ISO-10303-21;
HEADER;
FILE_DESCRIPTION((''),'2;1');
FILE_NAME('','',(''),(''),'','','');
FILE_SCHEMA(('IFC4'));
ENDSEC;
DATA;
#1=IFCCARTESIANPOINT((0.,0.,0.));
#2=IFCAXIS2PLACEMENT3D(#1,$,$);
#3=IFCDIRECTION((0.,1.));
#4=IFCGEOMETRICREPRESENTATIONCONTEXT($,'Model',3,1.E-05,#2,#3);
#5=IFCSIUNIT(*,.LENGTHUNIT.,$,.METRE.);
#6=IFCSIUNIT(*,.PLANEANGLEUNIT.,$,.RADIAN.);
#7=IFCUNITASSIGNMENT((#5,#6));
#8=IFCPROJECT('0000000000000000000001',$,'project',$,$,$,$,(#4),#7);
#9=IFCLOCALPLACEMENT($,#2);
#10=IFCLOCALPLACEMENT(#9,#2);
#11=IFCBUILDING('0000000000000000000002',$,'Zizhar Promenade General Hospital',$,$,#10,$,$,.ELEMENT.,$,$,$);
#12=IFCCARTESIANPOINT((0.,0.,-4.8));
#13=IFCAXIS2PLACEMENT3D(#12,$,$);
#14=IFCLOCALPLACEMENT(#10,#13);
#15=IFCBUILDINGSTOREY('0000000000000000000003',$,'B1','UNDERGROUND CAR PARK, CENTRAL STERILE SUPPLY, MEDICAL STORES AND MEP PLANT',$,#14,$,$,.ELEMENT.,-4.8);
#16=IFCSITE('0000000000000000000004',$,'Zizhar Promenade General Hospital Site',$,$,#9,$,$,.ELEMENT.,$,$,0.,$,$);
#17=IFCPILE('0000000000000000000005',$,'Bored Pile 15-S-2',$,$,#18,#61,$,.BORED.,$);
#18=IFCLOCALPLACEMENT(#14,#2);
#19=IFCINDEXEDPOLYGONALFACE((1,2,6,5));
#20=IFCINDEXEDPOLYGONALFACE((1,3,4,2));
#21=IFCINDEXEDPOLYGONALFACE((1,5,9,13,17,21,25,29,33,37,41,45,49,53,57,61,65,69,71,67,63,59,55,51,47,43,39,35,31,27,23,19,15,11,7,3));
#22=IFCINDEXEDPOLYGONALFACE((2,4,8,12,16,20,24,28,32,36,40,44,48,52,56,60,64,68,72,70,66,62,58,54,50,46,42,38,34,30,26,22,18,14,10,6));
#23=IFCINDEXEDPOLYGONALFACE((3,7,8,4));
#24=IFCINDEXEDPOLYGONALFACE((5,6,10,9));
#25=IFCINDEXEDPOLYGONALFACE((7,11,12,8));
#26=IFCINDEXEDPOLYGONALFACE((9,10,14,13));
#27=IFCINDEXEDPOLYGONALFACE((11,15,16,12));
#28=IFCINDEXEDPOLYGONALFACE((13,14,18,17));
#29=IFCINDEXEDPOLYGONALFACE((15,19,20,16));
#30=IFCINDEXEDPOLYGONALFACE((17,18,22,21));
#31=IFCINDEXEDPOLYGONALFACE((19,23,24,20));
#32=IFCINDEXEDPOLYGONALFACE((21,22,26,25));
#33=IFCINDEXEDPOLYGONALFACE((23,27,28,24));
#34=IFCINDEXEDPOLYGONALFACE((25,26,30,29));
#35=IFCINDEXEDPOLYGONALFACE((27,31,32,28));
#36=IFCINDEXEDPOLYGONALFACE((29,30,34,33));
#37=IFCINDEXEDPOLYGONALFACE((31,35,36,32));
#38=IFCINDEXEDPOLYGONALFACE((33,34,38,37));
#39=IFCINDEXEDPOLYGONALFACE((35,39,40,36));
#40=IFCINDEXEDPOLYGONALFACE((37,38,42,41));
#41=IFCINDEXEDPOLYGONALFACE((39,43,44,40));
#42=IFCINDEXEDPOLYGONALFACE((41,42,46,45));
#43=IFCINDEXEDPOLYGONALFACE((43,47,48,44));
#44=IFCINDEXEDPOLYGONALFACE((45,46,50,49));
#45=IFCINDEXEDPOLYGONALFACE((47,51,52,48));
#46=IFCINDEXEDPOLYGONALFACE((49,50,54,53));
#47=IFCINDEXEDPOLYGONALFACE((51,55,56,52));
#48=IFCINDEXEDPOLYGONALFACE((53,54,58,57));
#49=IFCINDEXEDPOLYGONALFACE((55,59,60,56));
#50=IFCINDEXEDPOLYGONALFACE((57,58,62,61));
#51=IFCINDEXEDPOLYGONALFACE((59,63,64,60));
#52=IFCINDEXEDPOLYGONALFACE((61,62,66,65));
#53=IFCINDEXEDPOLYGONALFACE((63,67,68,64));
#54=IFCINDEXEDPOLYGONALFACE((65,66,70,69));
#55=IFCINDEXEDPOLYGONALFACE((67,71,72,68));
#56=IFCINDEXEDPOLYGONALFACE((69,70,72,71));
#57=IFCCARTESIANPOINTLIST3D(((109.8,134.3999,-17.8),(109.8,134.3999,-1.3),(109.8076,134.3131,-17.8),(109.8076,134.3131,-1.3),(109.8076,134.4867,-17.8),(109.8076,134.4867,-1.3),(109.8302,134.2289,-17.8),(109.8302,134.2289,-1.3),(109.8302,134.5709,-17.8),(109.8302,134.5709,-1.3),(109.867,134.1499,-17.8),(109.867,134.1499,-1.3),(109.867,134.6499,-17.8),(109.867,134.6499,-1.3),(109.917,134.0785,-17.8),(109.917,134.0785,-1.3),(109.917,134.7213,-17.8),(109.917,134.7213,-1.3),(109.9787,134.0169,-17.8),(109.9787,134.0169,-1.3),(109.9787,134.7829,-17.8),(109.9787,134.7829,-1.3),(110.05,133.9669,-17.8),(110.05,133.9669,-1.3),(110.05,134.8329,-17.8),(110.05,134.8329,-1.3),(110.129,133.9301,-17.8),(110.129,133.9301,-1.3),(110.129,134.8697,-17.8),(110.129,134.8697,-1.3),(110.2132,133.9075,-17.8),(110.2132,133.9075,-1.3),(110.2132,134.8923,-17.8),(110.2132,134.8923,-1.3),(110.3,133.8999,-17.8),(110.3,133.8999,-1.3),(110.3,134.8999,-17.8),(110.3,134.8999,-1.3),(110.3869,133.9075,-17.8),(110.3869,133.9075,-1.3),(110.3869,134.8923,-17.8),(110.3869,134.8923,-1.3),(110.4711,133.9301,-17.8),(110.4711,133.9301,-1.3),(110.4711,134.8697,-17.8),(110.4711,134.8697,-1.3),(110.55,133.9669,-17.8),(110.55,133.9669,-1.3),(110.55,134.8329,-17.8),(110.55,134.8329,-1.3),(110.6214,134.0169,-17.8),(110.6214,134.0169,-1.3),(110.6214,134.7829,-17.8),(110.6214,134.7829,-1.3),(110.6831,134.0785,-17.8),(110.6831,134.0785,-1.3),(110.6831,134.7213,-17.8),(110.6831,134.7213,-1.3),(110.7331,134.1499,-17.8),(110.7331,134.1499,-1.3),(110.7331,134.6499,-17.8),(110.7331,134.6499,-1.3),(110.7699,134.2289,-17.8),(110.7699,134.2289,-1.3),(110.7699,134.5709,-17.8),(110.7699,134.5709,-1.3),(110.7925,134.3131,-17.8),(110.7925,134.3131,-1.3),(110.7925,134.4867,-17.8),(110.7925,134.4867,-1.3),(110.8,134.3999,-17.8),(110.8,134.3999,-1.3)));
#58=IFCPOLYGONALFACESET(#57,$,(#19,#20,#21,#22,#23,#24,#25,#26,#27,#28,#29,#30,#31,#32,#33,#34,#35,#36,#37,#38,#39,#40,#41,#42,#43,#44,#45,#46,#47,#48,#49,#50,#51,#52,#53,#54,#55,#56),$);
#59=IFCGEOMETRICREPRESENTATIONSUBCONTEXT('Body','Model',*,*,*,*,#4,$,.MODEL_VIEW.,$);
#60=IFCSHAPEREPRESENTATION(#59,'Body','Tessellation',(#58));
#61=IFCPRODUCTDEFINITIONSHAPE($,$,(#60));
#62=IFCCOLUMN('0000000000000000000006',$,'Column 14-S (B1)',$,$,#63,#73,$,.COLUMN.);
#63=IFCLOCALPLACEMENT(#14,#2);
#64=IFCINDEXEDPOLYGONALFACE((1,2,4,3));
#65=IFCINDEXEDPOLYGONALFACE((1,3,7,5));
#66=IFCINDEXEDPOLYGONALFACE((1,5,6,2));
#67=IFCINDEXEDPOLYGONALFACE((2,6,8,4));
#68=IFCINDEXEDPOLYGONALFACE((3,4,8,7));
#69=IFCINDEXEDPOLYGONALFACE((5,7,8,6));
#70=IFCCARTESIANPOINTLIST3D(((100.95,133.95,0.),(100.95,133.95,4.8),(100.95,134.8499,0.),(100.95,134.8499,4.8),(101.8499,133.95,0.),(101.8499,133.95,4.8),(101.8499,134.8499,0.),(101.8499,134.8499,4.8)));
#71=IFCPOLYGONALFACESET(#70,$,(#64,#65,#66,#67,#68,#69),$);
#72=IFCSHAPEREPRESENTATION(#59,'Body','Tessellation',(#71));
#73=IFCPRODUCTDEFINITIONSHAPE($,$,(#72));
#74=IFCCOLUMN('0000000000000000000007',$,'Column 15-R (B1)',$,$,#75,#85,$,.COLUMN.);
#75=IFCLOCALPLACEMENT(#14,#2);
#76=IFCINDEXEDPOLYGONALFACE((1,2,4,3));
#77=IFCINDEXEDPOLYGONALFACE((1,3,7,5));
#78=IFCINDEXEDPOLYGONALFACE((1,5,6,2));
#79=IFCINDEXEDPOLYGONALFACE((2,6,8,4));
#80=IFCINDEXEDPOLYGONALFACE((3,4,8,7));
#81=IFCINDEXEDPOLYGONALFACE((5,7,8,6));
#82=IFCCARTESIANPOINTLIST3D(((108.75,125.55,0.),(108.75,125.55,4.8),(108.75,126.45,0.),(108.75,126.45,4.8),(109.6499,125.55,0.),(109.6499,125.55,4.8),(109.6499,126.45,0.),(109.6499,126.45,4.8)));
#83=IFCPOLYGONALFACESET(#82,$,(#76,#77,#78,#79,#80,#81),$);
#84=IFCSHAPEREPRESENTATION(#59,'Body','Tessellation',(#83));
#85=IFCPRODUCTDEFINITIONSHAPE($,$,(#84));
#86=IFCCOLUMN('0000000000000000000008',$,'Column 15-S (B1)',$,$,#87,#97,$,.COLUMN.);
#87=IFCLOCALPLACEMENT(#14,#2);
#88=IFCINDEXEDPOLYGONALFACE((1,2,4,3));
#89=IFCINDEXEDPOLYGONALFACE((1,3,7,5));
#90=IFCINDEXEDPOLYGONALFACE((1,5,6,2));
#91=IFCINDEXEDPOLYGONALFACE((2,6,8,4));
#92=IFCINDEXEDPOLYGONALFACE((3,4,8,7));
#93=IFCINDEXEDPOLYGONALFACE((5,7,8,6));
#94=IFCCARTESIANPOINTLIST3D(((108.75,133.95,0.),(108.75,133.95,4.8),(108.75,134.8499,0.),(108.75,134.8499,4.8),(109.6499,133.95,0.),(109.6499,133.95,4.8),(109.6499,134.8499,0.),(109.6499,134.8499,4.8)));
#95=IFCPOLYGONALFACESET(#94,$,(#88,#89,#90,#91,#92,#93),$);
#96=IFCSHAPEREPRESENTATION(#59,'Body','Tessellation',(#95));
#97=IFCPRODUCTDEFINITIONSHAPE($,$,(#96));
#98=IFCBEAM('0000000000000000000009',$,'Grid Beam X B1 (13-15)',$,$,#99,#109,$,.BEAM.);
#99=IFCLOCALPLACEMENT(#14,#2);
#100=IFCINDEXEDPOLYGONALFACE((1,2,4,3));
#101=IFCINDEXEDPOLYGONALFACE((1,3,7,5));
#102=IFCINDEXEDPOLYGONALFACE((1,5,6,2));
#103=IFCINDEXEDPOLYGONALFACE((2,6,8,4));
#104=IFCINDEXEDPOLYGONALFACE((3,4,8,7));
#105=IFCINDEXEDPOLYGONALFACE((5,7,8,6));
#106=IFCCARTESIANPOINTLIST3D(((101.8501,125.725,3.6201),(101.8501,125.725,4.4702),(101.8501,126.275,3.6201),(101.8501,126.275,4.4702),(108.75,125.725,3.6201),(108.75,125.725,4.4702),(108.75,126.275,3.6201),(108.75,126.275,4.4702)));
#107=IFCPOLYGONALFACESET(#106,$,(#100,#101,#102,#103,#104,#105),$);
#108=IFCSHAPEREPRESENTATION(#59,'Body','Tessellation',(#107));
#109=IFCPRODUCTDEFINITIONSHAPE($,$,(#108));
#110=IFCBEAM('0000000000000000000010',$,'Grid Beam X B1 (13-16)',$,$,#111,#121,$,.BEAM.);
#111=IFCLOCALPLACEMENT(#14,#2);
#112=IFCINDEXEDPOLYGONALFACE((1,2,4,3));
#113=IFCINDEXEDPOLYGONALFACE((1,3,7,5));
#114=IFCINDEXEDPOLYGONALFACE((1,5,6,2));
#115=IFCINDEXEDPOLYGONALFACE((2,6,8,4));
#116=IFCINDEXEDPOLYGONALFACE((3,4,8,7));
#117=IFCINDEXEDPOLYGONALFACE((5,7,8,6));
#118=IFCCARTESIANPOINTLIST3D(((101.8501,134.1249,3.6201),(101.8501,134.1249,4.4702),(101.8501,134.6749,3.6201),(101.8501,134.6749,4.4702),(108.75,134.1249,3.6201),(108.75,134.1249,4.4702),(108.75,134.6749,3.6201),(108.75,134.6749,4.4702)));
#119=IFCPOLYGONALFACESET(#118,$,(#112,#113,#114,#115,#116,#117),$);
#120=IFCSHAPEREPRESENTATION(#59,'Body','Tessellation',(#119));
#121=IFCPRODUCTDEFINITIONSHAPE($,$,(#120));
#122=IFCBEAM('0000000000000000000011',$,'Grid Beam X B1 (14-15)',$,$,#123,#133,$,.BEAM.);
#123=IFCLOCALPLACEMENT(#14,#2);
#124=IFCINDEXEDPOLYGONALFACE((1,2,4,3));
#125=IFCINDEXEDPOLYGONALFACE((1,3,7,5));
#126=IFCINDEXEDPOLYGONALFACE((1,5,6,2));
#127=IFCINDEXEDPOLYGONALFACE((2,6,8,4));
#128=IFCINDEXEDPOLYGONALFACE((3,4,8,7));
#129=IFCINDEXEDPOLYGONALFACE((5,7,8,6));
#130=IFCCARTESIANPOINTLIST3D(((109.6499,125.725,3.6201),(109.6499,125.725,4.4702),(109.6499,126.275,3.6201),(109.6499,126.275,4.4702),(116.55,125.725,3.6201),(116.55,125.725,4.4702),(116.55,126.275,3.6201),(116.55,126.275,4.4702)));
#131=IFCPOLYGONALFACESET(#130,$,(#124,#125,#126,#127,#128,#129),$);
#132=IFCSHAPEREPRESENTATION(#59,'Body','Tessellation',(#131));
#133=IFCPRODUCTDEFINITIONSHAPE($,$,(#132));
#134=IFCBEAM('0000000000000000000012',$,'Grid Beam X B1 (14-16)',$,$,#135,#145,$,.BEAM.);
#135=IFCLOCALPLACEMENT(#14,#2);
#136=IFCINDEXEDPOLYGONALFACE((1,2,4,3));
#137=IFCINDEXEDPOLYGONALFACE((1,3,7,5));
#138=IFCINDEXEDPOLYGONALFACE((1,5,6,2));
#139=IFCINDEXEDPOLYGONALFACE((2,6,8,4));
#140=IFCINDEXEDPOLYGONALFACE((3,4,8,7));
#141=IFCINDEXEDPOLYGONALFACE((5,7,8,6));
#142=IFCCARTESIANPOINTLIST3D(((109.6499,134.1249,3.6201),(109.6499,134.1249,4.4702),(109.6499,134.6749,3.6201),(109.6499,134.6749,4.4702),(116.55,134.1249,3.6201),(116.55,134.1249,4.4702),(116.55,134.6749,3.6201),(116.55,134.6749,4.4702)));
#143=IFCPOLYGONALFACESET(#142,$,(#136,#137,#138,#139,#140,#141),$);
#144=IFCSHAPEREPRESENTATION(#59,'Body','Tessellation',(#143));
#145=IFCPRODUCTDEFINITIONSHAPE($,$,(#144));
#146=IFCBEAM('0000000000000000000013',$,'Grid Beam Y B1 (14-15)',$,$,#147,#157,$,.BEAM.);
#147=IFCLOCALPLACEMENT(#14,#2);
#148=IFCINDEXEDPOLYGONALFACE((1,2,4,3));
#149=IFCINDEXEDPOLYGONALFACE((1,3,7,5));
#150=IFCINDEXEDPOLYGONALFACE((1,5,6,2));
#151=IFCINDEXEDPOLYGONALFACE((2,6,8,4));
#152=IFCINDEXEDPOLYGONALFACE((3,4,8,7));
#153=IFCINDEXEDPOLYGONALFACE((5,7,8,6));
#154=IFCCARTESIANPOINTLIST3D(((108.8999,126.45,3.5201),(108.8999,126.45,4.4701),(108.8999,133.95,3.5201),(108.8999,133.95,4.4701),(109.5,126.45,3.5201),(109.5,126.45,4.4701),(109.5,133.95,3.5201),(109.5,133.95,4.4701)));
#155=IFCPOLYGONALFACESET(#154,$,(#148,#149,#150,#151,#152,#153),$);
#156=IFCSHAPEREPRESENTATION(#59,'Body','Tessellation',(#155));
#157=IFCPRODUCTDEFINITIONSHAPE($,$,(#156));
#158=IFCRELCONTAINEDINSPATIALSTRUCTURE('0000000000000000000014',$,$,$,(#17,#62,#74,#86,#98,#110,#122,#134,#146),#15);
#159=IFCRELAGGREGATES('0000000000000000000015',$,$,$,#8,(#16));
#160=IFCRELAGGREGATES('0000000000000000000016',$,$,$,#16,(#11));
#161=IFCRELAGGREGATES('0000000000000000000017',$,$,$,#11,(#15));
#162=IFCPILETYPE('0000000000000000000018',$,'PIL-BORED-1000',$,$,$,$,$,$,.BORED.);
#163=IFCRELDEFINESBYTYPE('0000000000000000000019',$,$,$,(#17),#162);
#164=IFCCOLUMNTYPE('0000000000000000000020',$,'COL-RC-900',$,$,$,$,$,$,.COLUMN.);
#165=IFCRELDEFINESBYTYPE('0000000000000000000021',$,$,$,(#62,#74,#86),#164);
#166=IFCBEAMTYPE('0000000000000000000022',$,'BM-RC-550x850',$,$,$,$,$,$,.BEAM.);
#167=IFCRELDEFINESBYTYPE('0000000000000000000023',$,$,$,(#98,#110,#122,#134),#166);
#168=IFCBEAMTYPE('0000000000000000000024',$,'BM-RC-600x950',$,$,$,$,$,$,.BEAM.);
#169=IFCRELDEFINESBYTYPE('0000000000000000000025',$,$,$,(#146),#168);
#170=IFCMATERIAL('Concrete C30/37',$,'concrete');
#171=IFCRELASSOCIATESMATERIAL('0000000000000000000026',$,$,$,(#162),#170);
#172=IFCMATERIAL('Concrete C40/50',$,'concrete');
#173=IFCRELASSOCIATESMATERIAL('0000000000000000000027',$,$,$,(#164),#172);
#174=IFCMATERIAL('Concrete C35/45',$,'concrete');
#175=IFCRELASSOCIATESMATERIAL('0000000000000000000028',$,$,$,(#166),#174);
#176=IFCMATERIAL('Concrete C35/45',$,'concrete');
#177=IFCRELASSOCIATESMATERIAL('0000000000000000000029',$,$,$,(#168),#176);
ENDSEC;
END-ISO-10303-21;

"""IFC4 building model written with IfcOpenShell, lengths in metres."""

from ifc_helpers import new_model, si_unit, direction, frame, origin, origin_2d, place, context, subcontext, project, spatial, rectangle, circle, extrude, material, material_profile, profile_set, type_object, element, save


model = new_model("IFC4")

# Units and contexts
model_context = context("Model", 3, precision=1e-05, world=origin(), true_north=direction((0.0, 1.0)))
body_context = subcontext(model_context, "Body", "Model", "MODEL_VIEW")
ifc_project = project(units=[si_unit("LENGTHUNIT", "METRE"), si_unit("PLANEANGLEUNIT", "RADIAN")], contexts=[model_context])

# Site, building, storey
site_placement = place(None, origin())
site = spatial("IfcSite", under=ifc_project, at=site_placement, Name="Zizhar Promenade General Hospital Site", CompositionType="ELEMENT", RefElevation=0.0)
building_placement = place(site_placement, origin())
building = spatial("IfcBuilding", under=site, at=building_placement, Name="Zizhar Promenade General Hospital", CompositionType="ELEMENT")
storey_placement = place(building_placement, frame((0.0, 0.0, -4.8)))
storey = spatial("IfcBuildingStorey", under=building, at=storey_placement, Name="B1", Description="UNDERGROUND CAR PARK, CENTRAL STERILE SUPPLY, MEDICAL STORES AND MEP PLANT", CompositionType="ELEMENT", Elevation=-4.8)

# Pile
ifc_material_1 = material(Name="Concrete C30/37", Category="concrete")
ifc_material_profile_1 = material_profile(ifc_material_1, circle(Radius=0.5, at=origin_2d()))
ifc_profile_set_1 = profile_set([ifc_material_profile_1], Name="Concrete C30/37")
pile_type = type_object("IfcPileType", Name="PIL-BORED-1000", PredefinedType="BORED", material=ifc_profile_set_1)
for number, where, z_axis, x_axis, name in (
    (1, (110.3, 134.3999, -1.3), (0.0, 0.0, -1.0), (1.0, 0.0, 0.0), "Bored Pile 15-S-2"),
):
    element("IfcPile", number, at=place(storey_placement, frame(where, z_axis=z_axis, x_axis=x_axis)), inside=storey, type_object=pile_type, Name=name, PredefinedType="BORED", context=body_context, shape_type="SweptSolid", body=[
        extrude(circle(Radius=0.5, at=origin_2d()), origin(), (0.0, 0.0, 1.0), 16.5),
    ])

# Columns
ifc_material_2 = material(Name="Concrete C40/50", Category="concrete")
ifc_material_profile_2 = material_profile(ifc_material_2, rectangle(XDim=0.8999, YDim=0.8999, at=origin_2d()))
ifc_profile_set_2 = profile_set([ifc_material_profile_2], Name="Concrete C40/50")
column_type = type_object("IfcColumnType", Name="COL-RC-900", PredefinedType="COLUMN", material=ifc_profile_set_2)
for number, where, z_axis, x_axis, name in (
    (2, (101.3999, 134.3999, 0.0), (0.0, 0.0, 1.0), (1.0, 0.0, 0.0), "Column 14-S (B1)"),
    (3, (109.2, 126.0, 0.0), (0.0, 0.0, 1.0), (1.0, 0.0, 0.0), "Column 15-R (B1)"),
    (4, (109.2, 134.3999, 0.0), (0.0, 0.0, 1.0), (1.0, 0.0, 0.0), "Column 15-S (B1)"),
):
    element("IfcColumn", number, at=place(storey_placement, frame(where, z_axis=z_axis, x_axis=x_axis)), inside=storey, type_object=column_type, Name=name, PredefinedType="COLUMN", context=body_context, shape_type="SweptSolid", body=[
        extrude(rectangle(XDim=0.8999, YDim=0.8999, at=origin_2d()), origin(), (0.0, 0.0, 1.0), 4.8),
    ])

# Beams
ifc_material_3 = material(Name="Concrete C35/45", Category="concrete")
ifc_material_profile_3 = material_profile(ifc_material_3, rectangle(XDim=0.55, YDim=0.8501, at=origin_2d()))
ifc_profile_set_3 = profile_set([ifc_material_profile_3], Name="Concrete C35/45")
beam_type_1 = type_object("IfcBeamType", Name="BM-RC-550x850", PredefinedType="BEAM", material=ifc_profile_set_3)
for number, where, z_axis, x_axis, name in (
    (5, (101.8501, 126.0, 4.0452), (1.0, 0.0, 0.0), (0.0, 1.0, 0.0), "Grid Beam X B1 (13-15)"),
    (6, (101.8501, 134.3999, 4.0452), (1.0, 0.0, 0.0), (0.0, 1.0, 0.0), "Grid Beam X B1 (13-16)"),
):
    element("IfcBeam", number, at=place(storey_placement, frame(where, z_axis=z_axis, x_axis=x_axis)), inside=storey, type_object=beam_type_1, Name=name, PredefinedType="BEAM", context=body_context, shape_type="SweptSolid", body=[
        extrude(rectangle(XDim=0.55, YDim=0.8501, at=origin_2d()), origin(), (0.0, 0.0, 1.0), 6.8999),
    ])
for number, where, z_axis, x_axis, name in (
    (7, (109.6499, 126.0, 4.0452), (1.0, 0.0, 0.0), (0.0, 1.0, 0.0), "Grid Beam X B1 (14-15)"),
    (8, (109.6499, 134.3999, 4.0452), (1.0, 0.0, 0.0), (0.0, 1.0, 0.0), "Grid Beam X B1 (14-16)"),
):
    element("IfcBeam", number, at=place(storey_placement, frame(where, z_axis=z_axis, x_axis=x_axis)), inside=storey, type_object=beam_type_1, Name=name, PredefinedType="BEAM", context=body_context, shape_type="SweptSolid", body=[
        extrude(rectangle(XDim=0.55, YDim=0.8501, at=origin_2d()), origin(), (0.0, 0.0, 1.0), 6.9001),
    ])
ifc_material_4 = material(Name="Concrete C35/45", Category="concrete")
ifc_material_profile_4 = material_profile(ifc_material_4, rectangle(XDim=0.6001, YDim=0.95, at=origin_2d()))
ifc_profile_set_4 = profile_set([ifc_material_profile_4], Name="Concrete C35/45")
beam_type_2 = type_object("IfcBeamType", Name="BM-RC-600x950", PredefinedType="BEAM", material=ifc_profile_set_4)
beam_placement = place(storey_placement, frame((109.2, 126.45, 3.9951), z_axis=(0.0, 1.0, 0.0), x_axis=(-1.0, 0.0, 0.0)))
element("IfcBeam", 9, at=beam_placement, inside=storey, type_object=beam_type_2, Name="Grid Beam Y B1 (14-15)", PredefinedType="BEAM", context=body_context, shape_type="SweptSolid", body=[
    extrude(rectangle(XDim=0.6001, YDim=0.95, at=origin_2d()), origin(), (0.0, 0.0, 1.0), 7.5),
])

save(model, "model.ifc")
